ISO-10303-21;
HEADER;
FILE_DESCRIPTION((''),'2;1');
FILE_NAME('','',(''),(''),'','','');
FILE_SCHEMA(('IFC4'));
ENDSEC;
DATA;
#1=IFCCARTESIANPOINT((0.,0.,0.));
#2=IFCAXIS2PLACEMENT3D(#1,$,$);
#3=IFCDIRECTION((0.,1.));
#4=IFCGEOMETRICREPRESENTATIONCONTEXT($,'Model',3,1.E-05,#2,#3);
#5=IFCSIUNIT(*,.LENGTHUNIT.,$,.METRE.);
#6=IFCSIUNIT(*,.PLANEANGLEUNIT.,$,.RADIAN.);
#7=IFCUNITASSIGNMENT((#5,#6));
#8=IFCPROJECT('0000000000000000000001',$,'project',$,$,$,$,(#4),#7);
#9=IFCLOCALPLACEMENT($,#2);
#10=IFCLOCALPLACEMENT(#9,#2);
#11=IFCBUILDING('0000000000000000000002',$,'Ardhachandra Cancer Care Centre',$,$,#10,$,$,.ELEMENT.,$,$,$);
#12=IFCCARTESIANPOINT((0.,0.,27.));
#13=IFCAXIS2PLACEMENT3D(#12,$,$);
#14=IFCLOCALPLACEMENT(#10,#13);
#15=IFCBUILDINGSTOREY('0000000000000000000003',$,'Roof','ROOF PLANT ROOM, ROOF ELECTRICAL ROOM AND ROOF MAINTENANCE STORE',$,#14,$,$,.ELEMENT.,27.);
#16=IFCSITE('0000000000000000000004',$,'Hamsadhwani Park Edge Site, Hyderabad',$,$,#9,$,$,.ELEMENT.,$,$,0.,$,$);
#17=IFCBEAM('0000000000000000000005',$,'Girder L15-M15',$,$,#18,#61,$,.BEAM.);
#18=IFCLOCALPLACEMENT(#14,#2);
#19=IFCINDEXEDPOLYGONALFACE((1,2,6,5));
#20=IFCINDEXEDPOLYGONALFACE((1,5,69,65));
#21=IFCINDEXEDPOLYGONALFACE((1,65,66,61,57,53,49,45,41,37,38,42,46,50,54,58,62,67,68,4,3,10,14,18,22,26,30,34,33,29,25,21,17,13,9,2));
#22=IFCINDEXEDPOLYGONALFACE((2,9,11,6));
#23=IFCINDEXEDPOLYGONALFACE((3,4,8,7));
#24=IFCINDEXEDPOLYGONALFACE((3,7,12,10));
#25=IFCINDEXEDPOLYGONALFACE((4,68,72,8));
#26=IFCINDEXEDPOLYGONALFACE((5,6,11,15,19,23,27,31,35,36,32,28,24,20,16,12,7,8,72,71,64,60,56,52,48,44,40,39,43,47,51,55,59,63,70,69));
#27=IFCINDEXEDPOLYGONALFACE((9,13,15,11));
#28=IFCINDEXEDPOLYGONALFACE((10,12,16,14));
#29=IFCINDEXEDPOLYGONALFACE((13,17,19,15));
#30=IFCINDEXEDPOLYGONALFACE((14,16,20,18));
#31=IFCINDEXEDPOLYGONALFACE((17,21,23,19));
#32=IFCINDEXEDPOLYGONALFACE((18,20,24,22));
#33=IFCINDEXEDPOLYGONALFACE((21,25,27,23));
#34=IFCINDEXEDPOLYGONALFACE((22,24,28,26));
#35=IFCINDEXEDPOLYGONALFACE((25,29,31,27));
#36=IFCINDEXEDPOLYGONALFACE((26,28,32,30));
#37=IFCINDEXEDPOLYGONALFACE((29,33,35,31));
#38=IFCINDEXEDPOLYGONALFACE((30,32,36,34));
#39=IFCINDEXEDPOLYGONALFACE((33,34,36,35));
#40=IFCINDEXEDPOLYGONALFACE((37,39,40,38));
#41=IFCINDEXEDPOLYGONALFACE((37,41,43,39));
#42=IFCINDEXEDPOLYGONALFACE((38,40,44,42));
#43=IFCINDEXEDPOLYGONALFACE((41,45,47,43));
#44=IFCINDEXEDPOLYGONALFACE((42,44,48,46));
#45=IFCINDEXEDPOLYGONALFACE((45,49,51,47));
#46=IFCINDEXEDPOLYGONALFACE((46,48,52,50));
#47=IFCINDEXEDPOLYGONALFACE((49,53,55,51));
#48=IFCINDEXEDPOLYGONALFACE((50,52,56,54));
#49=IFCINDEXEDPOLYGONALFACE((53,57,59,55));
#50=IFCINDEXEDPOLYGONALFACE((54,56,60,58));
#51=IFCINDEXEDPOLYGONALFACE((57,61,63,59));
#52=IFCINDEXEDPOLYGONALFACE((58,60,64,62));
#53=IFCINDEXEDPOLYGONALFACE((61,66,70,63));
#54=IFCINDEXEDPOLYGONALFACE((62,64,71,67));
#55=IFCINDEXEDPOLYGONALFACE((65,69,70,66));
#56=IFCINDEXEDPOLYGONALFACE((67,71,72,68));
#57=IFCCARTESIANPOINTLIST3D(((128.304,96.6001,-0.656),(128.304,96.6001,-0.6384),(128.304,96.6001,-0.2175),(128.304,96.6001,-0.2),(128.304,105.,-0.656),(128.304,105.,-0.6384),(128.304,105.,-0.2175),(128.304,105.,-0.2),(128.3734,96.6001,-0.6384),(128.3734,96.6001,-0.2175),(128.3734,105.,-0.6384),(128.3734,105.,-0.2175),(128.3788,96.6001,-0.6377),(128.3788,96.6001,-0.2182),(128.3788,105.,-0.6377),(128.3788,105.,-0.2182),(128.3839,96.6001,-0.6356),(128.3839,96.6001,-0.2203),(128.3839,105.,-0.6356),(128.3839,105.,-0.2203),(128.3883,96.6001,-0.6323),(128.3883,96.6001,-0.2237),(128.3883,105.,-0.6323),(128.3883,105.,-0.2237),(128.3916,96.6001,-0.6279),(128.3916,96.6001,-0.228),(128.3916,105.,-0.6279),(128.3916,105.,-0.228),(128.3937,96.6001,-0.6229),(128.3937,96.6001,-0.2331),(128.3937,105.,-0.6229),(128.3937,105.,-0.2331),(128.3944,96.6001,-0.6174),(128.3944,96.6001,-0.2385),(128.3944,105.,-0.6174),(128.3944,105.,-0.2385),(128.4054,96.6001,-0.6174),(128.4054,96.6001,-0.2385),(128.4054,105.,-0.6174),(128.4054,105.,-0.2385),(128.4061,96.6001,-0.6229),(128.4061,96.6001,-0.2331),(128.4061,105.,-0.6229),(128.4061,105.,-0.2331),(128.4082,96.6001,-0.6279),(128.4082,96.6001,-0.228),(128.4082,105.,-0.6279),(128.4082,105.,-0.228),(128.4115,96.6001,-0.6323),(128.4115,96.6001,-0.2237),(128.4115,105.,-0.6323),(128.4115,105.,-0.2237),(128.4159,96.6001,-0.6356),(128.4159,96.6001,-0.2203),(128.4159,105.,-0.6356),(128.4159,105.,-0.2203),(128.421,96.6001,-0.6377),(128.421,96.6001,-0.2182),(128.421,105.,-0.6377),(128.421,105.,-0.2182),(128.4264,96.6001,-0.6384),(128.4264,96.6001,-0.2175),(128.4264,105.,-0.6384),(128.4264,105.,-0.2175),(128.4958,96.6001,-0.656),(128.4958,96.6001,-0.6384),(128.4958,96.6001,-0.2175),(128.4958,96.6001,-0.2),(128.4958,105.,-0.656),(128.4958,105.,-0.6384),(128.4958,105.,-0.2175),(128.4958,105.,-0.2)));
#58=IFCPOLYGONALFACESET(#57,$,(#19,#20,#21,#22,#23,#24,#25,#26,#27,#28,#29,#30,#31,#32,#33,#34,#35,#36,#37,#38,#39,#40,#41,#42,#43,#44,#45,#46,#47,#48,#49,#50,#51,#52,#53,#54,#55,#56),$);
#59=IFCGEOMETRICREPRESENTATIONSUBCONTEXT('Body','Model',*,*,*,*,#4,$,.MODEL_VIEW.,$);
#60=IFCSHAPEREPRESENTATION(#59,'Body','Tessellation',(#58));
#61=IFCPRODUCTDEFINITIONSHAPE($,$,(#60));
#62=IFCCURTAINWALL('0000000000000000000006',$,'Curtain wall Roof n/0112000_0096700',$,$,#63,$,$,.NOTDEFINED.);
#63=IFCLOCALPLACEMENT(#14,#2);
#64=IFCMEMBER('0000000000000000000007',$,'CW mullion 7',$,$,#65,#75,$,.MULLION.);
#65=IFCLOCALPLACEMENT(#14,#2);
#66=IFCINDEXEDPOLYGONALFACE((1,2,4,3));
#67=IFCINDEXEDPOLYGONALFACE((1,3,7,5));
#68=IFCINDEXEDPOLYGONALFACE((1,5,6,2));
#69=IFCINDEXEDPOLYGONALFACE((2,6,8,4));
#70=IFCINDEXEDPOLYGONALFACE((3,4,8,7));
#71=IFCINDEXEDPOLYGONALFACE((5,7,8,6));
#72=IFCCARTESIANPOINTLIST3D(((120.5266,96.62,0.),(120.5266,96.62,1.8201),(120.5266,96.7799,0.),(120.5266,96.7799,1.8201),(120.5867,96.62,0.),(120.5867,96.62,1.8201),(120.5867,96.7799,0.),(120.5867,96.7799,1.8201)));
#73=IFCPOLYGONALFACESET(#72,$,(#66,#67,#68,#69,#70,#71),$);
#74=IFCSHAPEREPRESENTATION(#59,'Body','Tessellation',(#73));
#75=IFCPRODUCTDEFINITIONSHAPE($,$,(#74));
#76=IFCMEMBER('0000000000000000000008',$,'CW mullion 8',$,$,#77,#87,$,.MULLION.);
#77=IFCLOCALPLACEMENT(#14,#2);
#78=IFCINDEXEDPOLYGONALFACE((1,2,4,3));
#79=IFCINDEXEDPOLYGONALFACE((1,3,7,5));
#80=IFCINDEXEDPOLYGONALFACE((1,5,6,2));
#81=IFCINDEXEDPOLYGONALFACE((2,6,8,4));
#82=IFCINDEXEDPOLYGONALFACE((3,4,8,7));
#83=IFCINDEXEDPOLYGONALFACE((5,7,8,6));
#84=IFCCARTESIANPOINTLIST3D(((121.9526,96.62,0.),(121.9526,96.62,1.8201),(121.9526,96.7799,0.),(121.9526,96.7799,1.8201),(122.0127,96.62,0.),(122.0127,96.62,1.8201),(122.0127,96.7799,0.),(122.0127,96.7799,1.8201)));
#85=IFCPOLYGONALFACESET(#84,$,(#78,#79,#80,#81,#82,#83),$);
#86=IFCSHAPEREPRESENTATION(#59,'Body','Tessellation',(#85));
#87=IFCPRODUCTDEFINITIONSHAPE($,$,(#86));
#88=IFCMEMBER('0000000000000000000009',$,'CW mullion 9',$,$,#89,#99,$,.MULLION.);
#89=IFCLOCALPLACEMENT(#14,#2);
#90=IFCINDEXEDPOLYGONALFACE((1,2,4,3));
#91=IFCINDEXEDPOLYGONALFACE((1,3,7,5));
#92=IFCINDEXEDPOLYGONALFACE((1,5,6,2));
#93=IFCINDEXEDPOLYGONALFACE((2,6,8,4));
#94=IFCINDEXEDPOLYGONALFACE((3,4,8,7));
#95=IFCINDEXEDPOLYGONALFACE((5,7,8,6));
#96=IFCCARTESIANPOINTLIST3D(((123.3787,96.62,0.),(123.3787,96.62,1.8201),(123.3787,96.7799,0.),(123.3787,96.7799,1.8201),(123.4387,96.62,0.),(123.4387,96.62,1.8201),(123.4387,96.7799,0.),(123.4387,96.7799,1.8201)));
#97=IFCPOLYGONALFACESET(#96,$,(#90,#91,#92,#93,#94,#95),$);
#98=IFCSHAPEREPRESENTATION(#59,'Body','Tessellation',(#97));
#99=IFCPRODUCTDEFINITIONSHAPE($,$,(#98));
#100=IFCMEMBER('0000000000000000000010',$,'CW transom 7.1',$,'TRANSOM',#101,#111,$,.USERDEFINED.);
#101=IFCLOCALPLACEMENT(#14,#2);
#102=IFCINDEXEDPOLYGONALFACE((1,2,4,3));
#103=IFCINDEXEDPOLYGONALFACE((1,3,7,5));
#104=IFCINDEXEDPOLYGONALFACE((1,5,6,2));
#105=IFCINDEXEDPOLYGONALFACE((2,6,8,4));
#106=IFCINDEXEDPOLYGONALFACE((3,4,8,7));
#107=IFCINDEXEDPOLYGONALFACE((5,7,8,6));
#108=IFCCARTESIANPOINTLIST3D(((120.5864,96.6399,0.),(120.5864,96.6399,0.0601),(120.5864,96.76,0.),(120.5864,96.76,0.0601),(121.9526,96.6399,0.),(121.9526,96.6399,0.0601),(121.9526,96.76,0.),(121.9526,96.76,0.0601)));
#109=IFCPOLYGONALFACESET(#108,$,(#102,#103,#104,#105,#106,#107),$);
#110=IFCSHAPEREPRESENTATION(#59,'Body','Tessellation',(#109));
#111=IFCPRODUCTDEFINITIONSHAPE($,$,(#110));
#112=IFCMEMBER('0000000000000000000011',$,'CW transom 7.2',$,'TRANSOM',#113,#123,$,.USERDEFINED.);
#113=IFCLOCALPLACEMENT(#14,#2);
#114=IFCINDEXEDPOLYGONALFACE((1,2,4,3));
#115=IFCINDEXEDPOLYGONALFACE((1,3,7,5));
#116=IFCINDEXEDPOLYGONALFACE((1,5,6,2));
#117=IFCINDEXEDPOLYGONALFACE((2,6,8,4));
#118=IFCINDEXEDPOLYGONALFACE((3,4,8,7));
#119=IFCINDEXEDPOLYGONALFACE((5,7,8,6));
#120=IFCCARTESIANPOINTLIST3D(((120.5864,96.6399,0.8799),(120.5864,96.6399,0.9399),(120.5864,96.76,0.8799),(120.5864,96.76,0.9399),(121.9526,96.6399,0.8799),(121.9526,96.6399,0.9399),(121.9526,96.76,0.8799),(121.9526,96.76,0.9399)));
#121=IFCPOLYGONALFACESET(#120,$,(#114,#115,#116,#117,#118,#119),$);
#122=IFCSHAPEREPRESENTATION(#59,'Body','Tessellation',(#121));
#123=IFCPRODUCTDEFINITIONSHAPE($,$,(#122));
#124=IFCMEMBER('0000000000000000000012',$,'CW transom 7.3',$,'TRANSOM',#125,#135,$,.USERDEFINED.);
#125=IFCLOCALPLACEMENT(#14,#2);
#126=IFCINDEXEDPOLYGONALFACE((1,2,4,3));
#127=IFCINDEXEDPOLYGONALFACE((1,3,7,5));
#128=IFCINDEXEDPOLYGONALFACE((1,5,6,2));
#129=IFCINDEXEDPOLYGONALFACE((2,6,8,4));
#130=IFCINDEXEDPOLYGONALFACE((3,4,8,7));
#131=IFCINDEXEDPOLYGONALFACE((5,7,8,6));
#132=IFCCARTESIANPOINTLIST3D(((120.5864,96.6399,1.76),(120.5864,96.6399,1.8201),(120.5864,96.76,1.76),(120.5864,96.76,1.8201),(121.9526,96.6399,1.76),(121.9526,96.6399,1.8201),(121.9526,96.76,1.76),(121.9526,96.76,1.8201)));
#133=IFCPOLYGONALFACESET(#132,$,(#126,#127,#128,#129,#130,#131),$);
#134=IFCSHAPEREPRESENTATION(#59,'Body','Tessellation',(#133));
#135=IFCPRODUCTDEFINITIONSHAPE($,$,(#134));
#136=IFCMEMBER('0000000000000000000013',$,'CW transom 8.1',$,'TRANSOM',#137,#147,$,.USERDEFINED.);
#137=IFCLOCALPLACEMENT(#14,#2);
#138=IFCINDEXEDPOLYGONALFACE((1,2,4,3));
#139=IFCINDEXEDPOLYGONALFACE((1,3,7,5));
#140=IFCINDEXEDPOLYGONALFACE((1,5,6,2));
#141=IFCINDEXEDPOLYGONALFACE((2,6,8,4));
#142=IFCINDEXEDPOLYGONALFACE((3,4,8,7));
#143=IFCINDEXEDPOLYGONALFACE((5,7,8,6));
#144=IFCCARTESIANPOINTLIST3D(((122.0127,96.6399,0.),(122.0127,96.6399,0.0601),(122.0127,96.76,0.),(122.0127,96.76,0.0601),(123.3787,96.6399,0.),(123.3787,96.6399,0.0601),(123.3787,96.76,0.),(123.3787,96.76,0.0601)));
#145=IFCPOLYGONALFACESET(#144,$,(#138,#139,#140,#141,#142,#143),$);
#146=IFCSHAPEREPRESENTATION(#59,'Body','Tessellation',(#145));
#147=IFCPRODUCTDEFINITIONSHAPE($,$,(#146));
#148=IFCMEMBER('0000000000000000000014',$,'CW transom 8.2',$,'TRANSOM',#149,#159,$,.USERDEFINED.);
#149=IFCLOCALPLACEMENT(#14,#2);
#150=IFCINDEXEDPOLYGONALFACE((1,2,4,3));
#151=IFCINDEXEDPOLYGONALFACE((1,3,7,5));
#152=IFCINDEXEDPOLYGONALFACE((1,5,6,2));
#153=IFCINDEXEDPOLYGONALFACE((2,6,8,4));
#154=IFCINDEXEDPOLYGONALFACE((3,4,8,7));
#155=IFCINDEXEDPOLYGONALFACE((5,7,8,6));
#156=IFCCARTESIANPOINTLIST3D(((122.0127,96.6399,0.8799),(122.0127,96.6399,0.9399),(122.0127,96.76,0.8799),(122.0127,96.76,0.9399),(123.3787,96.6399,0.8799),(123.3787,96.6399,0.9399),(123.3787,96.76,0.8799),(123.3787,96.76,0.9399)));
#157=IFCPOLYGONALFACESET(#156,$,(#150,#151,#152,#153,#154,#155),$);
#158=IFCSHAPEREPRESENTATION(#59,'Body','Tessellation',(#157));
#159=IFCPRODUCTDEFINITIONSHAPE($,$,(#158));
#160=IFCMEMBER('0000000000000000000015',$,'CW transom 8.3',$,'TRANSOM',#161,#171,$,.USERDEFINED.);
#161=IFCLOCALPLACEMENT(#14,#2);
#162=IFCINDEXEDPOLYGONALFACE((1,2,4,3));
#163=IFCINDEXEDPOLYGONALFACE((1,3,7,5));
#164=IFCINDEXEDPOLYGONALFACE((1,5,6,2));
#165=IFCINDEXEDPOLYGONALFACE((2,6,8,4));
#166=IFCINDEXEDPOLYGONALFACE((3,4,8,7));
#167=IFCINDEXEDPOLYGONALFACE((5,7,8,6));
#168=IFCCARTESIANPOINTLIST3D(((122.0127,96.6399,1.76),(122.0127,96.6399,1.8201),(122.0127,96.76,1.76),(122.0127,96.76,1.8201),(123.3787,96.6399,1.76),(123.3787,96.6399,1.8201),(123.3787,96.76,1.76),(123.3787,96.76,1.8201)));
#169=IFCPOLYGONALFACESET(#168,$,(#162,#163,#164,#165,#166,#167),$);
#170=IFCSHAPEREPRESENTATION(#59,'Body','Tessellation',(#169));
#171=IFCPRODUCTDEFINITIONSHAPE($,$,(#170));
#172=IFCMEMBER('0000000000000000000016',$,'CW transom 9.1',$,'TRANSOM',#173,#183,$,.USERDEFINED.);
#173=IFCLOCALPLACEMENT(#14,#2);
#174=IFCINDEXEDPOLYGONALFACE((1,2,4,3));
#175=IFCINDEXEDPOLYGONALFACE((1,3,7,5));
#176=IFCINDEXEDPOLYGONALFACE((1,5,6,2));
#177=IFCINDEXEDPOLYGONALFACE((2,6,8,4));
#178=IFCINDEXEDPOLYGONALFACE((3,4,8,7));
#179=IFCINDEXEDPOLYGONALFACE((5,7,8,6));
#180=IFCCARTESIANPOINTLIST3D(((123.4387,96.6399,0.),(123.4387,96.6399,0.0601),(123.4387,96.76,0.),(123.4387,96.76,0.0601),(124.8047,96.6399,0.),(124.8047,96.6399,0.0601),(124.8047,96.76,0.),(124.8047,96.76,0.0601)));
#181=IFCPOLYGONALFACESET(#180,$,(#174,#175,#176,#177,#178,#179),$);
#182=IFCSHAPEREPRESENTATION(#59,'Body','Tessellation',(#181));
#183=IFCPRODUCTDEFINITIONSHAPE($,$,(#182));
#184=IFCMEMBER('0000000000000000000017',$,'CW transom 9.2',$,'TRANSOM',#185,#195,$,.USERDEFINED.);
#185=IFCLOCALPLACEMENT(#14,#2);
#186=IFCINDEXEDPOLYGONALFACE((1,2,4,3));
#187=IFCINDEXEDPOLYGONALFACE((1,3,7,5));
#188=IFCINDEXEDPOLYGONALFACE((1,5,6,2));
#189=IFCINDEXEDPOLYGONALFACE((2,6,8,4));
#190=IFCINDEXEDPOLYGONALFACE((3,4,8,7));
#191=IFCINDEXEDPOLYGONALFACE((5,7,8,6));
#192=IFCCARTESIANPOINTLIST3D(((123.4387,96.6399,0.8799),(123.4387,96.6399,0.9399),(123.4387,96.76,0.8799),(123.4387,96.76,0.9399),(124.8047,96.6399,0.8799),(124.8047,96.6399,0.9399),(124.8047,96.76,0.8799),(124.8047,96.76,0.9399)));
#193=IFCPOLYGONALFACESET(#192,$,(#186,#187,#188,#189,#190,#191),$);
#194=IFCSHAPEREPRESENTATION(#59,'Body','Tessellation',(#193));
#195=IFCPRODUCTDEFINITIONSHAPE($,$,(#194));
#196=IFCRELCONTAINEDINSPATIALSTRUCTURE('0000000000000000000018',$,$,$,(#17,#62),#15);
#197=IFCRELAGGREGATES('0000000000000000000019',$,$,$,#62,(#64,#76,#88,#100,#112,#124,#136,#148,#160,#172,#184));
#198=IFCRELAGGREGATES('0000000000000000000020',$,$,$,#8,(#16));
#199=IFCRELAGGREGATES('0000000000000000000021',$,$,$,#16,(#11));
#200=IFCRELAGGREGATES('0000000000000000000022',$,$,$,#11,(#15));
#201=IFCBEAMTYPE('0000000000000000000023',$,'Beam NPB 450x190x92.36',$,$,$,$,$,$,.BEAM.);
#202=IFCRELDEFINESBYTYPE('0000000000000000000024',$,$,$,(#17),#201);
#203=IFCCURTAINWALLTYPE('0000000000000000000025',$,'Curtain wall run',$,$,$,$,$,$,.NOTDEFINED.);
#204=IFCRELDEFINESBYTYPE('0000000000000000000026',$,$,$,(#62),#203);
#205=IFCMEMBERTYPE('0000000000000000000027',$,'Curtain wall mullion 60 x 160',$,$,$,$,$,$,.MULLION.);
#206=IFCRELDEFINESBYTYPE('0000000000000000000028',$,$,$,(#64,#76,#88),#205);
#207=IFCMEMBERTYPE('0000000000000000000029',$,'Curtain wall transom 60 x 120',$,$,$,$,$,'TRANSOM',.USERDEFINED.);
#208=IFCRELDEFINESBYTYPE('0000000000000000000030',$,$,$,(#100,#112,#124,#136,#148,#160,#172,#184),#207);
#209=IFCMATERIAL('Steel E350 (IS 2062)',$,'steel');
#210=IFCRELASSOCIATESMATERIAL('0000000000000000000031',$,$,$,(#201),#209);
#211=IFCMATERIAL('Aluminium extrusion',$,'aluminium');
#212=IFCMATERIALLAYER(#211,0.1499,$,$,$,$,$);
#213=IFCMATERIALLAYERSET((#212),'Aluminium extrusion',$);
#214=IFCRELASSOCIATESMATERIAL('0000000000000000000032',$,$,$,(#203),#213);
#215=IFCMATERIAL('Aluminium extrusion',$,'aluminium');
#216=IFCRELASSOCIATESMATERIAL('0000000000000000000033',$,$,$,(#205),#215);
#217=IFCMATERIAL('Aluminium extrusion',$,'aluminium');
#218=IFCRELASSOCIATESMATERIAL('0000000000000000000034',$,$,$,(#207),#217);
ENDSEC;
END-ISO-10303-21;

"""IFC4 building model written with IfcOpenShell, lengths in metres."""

from ifc_helpers import new_model, si_unit, direction, frame, origin, origin_2d, place, context, subcontext, project, spatial, rectangle, i_section, extrude, material, layer, layer_set, material_profile, profile_set, type_object, element, aggregate, save


model = new_model("IFC4")

# Units and contexts
model_context = context("Model", 3, precision=1e-05, world=origin(), true_north=direction((0.0, 1.0)))
body_context = subcontext(model_context, "Body", "Model", "MODEL_VIEW")
ifc_project = project(units=[si_unit("LENGTHUNIT", "METRE"), si_unit("PLANEANGLEUNIT", "RADIAN")], contexts=[model_context])

# Site, building, storey
site_placement = place(None, origin())
site = spatial("IfcSite", under=ifc_project, at=site_placement, Name="Hamsadhwani Park Edge Site, Hyderabad", CompositionType="ELEMENT", RefElevation=0.0)
building_placement = place(site_placement, origin())
building = spatial("IfcBuilding", under=site, at=building_placement, Name="Ardhachandra Cancer Care Centre", CompositionType="ELEMENT")
storey_placement = place(building_placement, frame((0.0, 0.0, 27.0)))
storey = spatial("IfcBuildingStorey", under=building, at=storey_placement, Name="Roof", Description="ROOF PLANT ROOM, ROOF ELECTRICAL ROOM AND ROOF MAINTENANCE STORE", CompositionType="ELEMENT", Elevation=27.0)

# Beam
ifc_material_1 = material(Name="Steel E350 (IS 2062)", Category="steel")
ifc_material_profile_1 = material_profile(ifc_material_1, i_section(OverallWidth=0.1919, OverallDepth=0.4561, WebThickness=0.011, FlangeThickness=0.0176, FilletRadius=0.021, at=origin_2d()), Name="NPB 450x190x92.36")
ifc_profile_set_1 = profile_set([ifc_material_profile_1], Name="Steel E350 (IS 2062)")
beam_type_1 = type_object("IfcBeamType", Name="Beam NPB 450x190x92.36", PredefinedType="BEAM", material=ifc_profile_set_1)
beam_1_placement = place(storey_placement, frame((128.3999, 96.6001, -0.428), z_axis=(0.0, 1.0, 0.0), x_axis=(-1.0, 0.0, 0.0)))
element("IfcBeam", 1, at=beam_1_placement, inside=storey, type_object=beam_type_1, Name="Girder L15-M15", PredefinedType="BEAM", context=body_context, shape_type="SweptSolid", body=[
    extrude(i_section(OverallWidth=0.1919, OverallDepth=0.4561, WebThickness=0.011, FlangeThickness=0.0176, FilletRadius=0.021, at=origin_2d()), origin(), (0.0, 0.0, 1.0), 8.3999),
])

# Curtain wall, members
ifc_material_2 = material(Name="Aluminium extrusion", Category="aluminium")
ifc_layer_1 = layer(ifc_material_2, 0.1499)
ifc_layer_set_1 = layer_set([ifc_layer_1], Name="Aluminium extrusion")
curtain_wall_type = type_object("IfcCurtainWallType", Name="Curtain wall run", PredefinedType="NOTDEFINED", material=ifc_layer_set_1)
curtain_wall_placement = place(storey_placement, origin())
curtain_wall = element("IfcCurtainWall", 2, at=curtain_wall_placement, inside=storey, type_object=curtain_wall_type, Name="Curtain wall Roof n/0112000_0096700", PredefinedType="NOTDEFINED")
ifc_material_3 = material(Name="Aluminium extrusion", Category="aluminium")
ifc_material_profile_2 = material_profile(ifc_material_3, rectangle(XDim=0.1599, YDim=0.0601, at=origin_2d()), Name="Curtain wall mullion 60 x 160")
ifc_profile_set_2 = profile_set([ifc_material_profile_2], Name="Aluminium extrusion")
member_type_1 = type_object("IfcMemberType", Name="Curtain wall mullion 60 x 160", PredefinedType="MULLION", material=ifc_profile_set_2)
member_1_placement = place(storey_placement, frame((120.5566, 96.7, 0.0), z_axis=(0.0, 0.0, 1.0), x_axis=(0.0, 1.0, 0.0)))
member_1 = element("IfcMember", 3, at=member_1_placement, type_object=member_type_1, Name="CW mullion 7", PredefinedType="MULLION", context=body_context, shape_type="SweptSolid", body=[
    extrude(rectangle(XDim=0.1599, YDim=0.0601, at=origin_2d()), origin(), (0.0, 0.0, 1.0), 1.8201),
])
member_2_placement = place(storey_placement, frame((121.9827, 96.7, 0.0), z_axis=(0.0, 0.0, 1.0), x_axis=(0.0, 1.0, 0.0)))
member_2 = element("IfcMember", 4, at=member_2_placement, type_object=member_type_1, Name="CW mullion 8", PredefinedType="MULLION", context=body_context, shape_type="SweptSolid", body=[
    extrude(rectangle(XDim=0.1599, YDim=0.0601, at=origin_2d()), origin(), (0.0, 0.0, 1.0), 1.8201),
])
member_3_placement = place(storey_placement, frame((123.4087, 96.7, 0.0), z_axis=(0.0, 0.0, 1.0), x_axis=(0.0, 1.0, 0.0)))
member_3 = element("IfcMember", 5, at=member_3_placement, type_object=member_type_1, Name="CW mullion 9", PredefinedType="MULLION", context=body_context, shape_type="SweptSolid", body=[
    extrude(rectangle(XDim=0.1599, YDim=0.0601, at=origin_2d()), origin(), (0.0, 0.0, 1.0), 1.8201),
])
ifc_material_4 = material(Name="Aluminium extrusion", Category="aluminium")
ifc_material_profile_3 = material_profile(ifc_material_4, rectangle(XDim=0.1201, YDim=0.0601, at=origin_2d()), Name="Curtain wall transom 60 x 120")
ifc_profile_set_3 = profile_set([ifc_material_profile_3], Name="Aluminium extrusion")
member_type_2 = type_object("IfcMemberType", Name="Curtain wall transom 60 x 120", ElementType="TRANSOM", PredefinedType="USERDEFINED", material=ifc_profile_set_3)
member_4_placement = place(storey_placement, frame((120.5864, 96.7, 0.03), z_axis=(1.0, 0.0, 0.0), x_axis=(0.0, 1.0, 0.0)))
member_4 = element("IfcMember", 6, at=member_4_placement, type_object=member_type_2, Name="CW transom 7.1", ObjectType="TRANSOM", PredefinedType="USERDEFINED", context=body_context, shape_type="SweptSolid", body=[
    extrude(rectangle(XDim=0.1201, YDim=0.0601, at=origin_2d()), origin(), (0.0, 0.0, 1.0), 1.3662),
])
member_5_placement = place(storey_placement, frame((120.5864, 96.7, 0.9099), z_axis=(1.0, 0.0, 0.0), x_axis=(0.0, 1.0, 0.0)))
member_5 = element("IfcMember", 7, at=member_5_placement, type_object=member_type_2, Name="CW transom 7.2", ObjectType="TRANSOM", PredefinedType="USERDEFINED", context=body_context, shape_type="SweptSolid", body=[
    extrude(rectangle(XDim=0.1201, YDim=0.0601, at=origin_2d()), origin(), (0.0, 0.0, 1.0), 1.3662),
])
member_6_placement = place(storey_placement, frame((120.5864, 96.7, 1.79), z_axis=(1.0, 0.0, 0.0), x_axis=(0.0, 1.0, 0.0)))
member_6 = element("IfcMember", 8, at=member_6_placement, type_object=member_type_2, Name="CW transom 7.3", ObjectType="TRANSOM", PredefinedType="USERDEFINED", context=body_context, shape_type="SweptSolid", body=[
    extrude(rectangle(XDim=0.1201, YDim=0.0601, at=origin_2d()), origin(), (0.0, 0.0, 1.0), 1.3662),
])
member_7_placement = place(storey_placement, frame((122.0127, 96.7, 0.03), z_axis=(1.0, 0.0, 0.0), x_axis=(0.0, 1.0, 0.0)))
member_7 = element("IfcMember", 9, at=member_7_placement, type_object=member_type_2, Name="CW transom 8.1", ObjectType="TRANSOM", PredefinedType="USERDEFINED", context=body_context, shape_type="SweptSolid", body=[
    extrude(rectangle(XDim=0.1201, YDim=0.0601, at=origin_2d()), origin(), (0.0, 0.0, 1.0), 1.366),
])
member_8_placement = place(storey_placement, frame((122.0127, 96.7, 0.9099), z_axis=(1.0, 0.0, 0.0), x_axis=(0.0, 1.0, 0.0)))
member_8 = element("IfcMember", 10, at=member_8_placement, type_object=member_type_2, Name="CW transom 8.2", ObjectType="TRANSOM", PredefinedType="USERDEFINED", context=body_context, shape_type="SweptSolid", body=[
    extrude(rectangle(XDim=0.1201, YDim=0.0601, at=origin_2d()), origin(), (0.0, 0.0, 1.0), 1.366),
])
member_9_placement = place(storey_placement, frame((122.0127, 96.7, 1.79), z_axis=(1.0, 0.0, 0.0), x_axis=(0.0, 1.0, 0.0)))
member_9 = element("IfcMember", 11, at=member_9_placement, type_object=member_type_2, Name="CW transom 8.3", ObjectType="TRANSOM", PredefinedType="USERDEFINED", context=body_context, shape_type="SweptSolid", body=[
    extrude(rectangle(XDim=0.1201, YDim=0.0601, at=origin_2d()), origin(), (0.0, 0.0, 1.0), 1.366),
])
member_10_placement = place(storey_placement, frame((123.4387, 96.7, 0.03), z_axis=(1.0, 0.0, 0.0), x_axis=(0.0, 1.0, 0.0)))
member_10 = element("IfcMember", 12, at=member_10_placement, type_object=member_type_2, Name="CW transom 9.1", ObjectType="TRANSOM", PredefinedType="USERDEFINED", context=body_context, shape_type="SweptSolid", body=[
    extrude(rectangle(XDim=0.1201, YDim=0.0601, at=origin_2d()), origin(), (0.0, 0.0, 1.0), 1.366),
])
member_11_placement = place(storey_placement, frame((123.4387, 96.7, 0.9099), z_axis=(1.0, 0.0, 0.0), x_axis=(0.0, 1.0, 0.0)))
member_11 = element("IfcMember", 13, at=member_11_placement, type_object=member_type_2, Name="CW transom 9.2", ObjectType="TRANSOM", PredefinedType="USERDEFINED", context=body_context, shape_type="SweptSolid", body=[
    extrude(rectangle(XDim=0.1201, YDim=0.0601, at=origin_2d()), origin(), (0.0, 0.0, 1.0), 1.366),
])

aggregate(curtain_wall, [member_1, member_2, member_3, member_4, member_5, member_6, member_7, member_8, member_9, member_10, member_11])

save(model, "model.ifc")
